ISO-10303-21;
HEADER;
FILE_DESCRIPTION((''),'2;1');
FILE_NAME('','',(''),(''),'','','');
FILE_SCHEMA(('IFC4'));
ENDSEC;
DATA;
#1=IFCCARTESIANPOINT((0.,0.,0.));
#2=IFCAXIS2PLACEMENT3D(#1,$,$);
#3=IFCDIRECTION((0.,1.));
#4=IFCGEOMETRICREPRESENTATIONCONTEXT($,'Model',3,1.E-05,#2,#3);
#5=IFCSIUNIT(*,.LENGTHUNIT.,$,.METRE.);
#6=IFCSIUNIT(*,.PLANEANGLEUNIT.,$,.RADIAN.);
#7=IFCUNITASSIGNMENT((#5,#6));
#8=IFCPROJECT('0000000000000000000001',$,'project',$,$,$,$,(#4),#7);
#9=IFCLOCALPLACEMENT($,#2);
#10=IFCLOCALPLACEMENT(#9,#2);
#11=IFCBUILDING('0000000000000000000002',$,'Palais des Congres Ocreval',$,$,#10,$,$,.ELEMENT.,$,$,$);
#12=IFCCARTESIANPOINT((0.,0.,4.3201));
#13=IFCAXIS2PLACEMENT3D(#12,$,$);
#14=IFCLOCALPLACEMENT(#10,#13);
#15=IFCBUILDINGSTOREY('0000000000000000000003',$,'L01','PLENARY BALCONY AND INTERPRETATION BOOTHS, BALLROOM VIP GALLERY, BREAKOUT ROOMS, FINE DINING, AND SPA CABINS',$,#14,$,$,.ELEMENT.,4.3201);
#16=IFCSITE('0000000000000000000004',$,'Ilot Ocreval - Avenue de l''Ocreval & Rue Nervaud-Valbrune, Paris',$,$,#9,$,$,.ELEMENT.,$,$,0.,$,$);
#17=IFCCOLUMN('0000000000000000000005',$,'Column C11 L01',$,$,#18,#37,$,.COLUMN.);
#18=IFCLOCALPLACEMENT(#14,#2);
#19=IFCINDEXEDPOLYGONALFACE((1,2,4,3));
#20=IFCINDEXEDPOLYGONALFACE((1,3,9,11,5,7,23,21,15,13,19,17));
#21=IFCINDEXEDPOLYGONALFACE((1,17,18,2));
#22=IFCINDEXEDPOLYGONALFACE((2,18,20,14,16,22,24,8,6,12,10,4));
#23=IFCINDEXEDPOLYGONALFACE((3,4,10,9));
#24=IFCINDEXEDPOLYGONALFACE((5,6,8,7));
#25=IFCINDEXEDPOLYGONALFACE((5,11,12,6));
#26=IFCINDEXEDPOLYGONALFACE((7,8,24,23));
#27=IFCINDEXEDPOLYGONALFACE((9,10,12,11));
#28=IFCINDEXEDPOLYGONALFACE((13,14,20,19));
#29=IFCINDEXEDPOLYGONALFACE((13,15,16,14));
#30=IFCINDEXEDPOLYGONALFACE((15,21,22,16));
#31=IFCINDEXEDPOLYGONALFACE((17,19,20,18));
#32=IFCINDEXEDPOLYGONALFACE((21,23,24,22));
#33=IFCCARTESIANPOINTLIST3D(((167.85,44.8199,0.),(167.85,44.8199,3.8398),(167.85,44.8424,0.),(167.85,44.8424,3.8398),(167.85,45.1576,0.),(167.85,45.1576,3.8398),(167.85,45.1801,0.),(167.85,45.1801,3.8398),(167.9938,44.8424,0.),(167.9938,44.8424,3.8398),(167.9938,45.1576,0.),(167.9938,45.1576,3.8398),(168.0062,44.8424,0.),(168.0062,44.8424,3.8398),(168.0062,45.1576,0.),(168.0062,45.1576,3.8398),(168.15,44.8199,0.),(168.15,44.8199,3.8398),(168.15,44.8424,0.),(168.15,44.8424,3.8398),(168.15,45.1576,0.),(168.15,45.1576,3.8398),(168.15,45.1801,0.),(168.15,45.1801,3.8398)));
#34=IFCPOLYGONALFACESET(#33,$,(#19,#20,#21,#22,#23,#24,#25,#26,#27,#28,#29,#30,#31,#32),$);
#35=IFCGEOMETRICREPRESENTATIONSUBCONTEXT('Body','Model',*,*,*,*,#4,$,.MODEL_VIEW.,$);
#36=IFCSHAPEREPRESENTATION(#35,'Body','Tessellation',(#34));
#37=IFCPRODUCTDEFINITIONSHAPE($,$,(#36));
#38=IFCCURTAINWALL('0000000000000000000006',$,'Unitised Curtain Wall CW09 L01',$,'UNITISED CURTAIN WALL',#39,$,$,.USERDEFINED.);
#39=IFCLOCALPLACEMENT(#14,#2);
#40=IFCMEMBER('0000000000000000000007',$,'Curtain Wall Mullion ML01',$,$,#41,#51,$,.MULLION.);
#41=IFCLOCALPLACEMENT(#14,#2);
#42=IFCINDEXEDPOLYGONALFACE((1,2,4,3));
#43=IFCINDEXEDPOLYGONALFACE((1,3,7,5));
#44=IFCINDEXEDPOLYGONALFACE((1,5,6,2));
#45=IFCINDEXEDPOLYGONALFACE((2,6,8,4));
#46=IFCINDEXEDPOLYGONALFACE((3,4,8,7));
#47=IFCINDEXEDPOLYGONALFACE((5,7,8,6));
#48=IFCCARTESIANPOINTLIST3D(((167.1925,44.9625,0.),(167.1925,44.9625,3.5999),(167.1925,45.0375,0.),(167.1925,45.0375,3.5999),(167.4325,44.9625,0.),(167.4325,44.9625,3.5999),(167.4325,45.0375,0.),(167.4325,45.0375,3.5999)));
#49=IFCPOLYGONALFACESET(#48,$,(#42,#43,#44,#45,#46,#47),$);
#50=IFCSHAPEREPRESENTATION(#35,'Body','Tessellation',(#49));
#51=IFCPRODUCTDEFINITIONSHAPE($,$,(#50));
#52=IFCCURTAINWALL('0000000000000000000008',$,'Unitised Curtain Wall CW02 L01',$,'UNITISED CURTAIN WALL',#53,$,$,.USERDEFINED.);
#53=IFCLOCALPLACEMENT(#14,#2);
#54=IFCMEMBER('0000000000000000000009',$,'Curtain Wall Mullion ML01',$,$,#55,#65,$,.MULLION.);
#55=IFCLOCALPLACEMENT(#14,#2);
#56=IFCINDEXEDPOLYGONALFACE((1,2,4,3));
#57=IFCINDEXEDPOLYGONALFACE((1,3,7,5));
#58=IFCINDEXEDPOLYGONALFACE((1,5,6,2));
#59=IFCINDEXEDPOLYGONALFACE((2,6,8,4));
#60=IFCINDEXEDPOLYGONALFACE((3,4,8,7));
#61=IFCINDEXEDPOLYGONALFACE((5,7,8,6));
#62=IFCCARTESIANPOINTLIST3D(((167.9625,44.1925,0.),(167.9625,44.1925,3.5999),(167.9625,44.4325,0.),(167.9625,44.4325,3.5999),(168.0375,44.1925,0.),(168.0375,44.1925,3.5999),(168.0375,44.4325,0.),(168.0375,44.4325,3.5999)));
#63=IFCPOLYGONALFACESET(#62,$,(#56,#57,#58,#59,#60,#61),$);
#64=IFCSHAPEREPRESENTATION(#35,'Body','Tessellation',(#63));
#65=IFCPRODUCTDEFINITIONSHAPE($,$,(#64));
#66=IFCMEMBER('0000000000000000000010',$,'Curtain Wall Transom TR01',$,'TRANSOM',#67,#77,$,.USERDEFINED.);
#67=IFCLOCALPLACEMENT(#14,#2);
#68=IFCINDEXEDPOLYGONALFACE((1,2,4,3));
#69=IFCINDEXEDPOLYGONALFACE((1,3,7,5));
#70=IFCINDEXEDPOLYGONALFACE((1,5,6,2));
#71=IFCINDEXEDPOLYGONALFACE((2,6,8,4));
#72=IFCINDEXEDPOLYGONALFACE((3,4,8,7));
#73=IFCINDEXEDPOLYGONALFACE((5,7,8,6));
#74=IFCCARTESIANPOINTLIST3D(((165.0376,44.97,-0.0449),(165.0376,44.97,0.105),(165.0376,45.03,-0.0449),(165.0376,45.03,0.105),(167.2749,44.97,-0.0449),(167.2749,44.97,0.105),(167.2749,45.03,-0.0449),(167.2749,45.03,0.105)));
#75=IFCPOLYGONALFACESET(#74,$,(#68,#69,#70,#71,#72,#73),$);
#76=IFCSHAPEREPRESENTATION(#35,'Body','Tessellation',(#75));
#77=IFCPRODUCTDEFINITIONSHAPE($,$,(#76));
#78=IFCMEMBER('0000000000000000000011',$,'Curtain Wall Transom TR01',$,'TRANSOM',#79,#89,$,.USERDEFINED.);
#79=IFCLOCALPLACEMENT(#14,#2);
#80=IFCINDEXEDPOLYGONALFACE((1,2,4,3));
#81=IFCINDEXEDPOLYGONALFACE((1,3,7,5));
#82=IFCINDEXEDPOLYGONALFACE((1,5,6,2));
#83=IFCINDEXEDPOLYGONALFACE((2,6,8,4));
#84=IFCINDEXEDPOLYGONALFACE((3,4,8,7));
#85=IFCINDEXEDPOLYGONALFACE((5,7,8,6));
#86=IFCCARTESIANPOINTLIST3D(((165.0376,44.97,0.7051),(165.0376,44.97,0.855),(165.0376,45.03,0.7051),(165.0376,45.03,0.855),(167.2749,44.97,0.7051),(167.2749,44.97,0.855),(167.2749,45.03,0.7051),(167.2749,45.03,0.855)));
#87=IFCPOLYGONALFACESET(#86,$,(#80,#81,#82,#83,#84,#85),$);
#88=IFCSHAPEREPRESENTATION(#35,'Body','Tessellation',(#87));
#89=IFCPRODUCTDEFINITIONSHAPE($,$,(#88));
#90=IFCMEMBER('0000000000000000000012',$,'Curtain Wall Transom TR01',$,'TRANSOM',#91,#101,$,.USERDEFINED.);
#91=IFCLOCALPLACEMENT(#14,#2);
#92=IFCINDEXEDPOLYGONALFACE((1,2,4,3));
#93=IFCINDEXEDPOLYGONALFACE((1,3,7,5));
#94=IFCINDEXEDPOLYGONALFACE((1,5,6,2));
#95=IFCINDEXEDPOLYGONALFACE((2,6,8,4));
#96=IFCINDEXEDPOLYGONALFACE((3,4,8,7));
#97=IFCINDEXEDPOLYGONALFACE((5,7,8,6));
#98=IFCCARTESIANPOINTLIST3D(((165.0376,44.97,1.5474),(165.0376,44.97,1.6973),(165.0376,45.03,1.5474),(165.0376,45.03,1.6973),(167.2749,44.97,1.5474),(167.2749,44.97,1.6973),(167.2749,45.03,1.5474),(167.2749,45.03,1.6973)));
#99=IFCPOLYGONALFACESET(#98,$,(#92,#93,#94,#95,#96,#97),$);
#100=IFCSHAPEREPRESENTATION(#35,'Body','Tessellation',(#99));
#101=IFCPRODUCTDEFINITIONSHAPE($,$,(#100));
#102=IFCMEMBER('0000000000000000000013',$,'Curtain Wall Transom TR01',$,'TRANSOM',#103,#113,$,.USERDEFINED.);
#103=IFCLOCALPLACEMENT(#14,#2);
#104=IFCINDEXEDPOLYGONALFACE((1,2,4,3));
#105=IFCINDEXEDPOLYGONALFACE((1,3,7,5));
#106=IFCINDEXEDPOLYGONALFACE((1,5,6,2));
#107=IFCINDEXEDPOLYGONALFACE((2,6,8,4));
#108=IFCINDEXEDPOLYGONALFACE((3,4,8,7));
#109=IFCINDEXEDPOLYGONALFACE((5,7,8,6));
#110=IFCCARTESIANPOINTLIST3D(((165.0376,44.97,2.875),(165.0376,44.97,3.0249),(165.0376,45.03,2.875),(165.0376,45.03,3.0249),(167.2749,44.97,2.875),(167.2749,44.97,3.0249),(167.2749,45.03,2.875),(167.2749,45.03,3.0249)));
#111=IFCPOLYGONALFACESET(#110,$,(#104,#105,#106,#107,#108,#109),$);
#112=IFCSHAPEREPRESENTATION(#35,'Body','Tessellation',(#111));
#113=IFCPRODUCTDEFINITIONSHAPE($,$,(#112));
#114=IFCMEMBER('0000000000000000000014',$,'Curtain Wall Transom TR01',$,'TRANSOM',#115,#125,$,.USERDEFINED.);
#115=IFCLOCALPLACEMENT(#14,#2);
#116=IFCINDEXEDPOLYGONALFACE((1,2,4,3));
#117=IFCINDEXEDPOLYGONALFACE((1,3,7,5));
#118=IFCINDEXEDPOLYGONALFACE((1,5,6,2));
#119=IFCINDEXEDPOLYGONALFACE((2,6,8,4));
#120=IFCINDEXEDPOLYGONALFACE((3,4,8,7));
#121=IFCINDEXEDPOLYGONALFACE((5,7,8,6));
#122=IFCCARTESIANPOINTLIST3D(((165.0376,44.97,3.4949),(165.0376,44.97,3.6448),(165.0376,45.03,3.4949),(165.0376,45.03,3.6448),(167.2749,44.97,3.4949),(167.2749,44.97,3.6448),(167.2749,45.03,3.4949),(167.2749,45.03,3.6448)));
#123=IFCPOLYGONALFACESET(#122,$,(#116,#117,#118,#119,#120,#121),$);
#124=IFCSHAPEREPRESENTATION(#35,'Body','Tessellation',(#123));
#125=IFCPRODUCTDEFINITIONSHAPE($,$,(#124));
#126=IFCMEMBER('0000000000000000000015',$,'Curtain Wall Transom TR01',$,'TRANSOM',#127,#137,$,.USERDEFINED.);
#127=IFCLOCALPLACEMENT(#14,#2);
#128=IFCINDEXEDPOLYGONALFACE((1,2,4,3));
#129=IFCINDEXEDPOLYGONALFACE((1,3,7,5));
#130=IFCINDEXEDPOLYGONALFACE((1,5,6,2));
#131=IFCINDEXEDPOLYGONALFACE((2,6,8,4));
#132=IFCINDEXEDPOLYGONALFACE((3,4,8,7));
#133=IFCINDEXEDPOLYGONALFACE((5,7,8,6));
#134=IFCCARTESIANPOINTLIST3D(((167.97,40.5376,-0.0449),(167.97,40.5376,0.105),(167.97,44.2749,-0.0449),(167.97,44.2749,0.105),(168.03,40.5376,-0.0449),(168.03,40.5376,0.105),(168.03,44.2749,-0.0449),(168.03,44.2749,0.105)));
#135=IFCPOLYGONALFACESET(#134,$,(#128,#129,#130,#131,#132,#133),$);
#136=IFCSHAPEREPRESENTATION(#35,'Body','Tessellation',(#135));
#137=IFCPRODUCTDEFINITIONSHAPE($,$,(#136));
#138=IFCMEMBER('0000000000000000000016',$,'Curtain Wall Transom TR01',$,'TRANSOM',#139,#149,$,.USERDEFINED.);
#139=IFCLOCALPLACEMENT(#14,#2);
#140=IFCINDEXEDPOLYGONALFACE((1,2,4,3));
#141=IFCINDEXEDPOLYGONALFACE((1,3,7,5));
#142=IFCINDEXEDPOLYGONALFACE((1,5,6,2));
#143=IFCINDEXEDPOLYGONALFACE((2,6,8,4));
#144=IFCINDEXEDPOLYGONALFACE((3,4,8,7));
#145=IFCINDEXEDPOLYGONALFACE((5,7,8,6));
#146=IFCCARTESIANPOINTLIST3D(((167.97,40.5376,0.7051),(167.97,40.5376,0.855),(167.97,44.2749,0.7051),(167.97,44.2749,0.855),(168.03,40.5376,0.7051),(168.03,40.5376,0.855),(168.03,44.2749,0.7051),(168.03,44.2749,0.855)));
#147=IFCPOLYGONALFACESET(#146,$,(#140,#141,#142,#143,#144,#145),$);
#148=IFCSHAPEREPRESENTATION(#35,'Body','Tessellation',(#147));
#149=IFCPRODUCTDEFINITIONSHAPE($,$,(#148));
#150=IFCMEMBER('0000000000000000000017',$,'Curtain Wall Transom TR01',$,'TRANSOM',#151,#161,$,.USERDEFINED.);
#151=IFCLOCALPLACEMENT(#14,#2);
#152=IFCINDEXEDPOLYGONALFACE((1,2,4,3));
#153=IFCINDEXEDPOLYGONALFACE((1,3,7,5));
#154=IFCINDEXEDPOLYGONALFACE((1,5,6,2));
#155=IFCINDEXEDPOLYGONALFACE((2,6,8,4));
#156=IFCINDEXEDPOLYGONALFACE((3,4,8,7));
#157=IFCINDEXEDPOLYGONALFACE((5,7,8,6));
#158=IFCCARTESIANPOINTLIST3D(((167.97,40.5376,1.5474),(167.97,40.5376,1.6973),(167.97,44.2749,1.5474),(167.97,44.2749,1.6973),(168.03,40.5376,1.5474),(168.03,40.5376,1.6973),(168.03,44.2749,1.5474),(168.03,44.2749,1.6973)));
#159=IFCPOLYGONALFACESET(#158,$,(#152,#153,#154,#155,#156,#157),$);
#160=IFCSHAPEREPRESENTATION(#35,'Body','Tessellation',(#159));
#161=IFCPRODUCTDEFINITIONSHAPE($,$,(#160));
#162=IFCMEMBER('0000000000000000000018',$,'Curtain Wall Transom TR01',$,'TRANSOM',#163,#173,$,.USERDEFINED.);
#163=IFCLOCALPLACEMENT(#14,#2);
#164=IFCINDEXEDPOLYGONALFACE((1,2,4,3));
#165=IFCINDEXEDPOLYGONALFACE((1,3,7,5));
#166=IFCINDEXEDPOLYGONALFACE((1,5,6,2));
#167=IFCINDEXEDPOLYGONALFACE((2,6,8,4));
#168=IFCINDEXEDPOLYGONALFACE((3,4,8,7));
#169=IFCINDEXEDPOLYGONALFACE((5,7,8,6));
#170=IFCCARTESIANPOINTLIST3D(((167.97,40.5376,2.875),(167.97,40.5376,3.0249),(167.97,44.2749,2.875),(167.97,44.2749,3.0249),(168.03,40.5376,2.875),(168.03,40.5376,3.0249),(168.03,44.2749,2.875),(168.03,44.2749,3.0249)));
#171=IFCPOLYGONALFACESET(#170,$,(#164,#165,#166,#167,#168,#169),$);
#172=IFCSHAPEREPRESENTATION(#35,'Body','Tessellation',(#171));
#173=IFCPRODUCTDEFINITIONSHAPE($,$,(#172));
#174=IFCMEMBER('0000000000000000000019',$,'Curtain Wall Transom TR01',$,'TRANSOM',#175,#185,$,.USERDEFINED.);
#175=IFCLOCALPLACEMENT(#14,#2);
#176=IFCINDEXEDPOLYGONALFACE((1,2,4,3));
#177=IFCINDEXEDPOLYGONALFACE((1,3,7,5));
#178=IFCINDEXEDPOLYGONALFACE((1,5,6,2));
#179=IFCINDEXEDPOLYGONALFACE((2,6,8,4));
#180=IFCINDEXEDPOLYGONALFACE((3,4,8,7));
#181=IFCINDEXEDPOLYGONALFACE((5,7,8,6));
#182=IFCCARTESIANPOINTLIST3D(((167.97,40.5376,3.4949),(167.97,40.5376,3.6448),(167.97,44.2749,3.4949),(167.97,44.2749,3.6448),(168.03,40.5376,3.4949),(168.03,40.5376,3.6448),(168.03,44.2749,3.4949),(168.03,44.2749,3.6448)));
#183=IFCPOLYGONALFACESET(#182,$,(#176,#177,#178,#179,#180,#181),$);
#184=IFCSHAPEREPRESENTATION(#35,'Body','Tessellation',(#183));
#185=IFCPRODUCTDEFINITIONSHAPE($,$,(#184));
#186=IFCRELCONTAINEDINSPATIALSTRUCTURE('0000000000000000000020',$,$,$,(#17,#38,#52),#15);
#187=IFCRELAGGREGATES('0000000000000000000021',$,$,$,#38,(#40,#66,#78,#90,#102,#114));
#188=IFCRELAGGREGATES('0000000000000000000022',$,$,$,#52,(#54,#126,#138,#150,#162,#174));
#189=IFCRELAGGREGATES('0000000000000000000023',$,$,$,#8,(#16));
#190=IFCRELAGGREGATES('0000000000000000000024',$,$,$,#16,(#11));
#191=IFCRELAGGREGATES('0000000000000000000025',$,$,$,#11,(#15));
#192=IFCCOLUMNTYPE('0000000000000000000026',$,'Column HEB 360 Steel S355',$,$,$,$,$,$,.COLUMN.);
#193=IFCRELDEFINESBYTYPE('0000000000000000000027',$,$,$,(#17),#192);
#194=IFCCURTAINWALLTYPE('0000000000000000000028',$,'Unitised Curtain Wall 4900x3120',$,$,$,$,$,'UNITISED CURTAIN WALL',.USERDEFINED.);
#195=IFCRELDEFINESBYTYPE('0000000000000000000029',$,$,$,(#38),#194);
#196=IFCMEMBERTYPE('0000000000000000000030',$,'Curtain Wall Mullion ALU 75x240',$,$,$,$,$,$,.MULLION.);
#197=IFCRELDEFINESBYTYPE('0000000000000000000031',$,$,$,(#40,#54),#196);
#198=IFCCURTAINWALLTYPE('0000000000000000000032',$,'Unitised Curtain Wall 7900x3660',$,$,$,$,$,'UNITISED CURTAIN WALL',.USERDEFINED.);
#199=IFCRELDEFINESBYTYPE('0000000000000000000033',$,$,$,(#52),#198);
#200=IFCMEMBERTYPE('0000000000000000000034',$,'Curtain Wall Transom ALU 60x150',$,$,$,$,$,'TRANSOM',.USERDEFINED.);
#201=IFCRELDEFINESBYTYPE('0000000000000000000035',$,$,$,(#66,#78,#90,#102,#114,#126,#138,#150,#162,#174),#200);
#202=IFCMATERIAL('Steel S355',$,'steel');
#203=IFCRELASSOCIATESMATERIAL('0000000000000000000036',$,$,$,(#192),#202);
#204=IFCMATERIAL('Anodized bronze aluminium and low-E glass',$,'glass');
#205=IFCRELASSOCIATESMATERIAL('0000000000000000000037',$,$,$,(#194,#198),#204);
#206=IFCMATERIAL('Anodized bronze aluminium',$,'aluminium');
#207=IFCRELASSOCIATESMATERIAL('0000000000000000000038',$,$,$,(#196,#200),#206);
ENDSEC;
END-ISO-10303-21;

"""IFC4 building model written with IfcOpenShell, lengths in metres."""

from ifc_helpers import new_model, si_unit, direction, frame, origin, origin_2d, place, context, subcontext, project, spatial, rectangle, i_section, extrude, material, material_profile, profile_set, type_object, element, aggregate, save


model = new_model("IFC4")

# Units and contexts
model_context = context("Model", 3, precision=1e-05, world=origin(), true_north=direction((0.0, 1.0)))
body_context = subcontext(model_context, "Body", "Model", "MODEL_VIEW")
ifc_project = project(units=[si_unit("LENGTHUNIT", "METRE"), si_unit("PLANEANGLEUNIT", "RADIAN")], contexts=[model_context])

# Site, building, storey
site_placement = place(None, origin())
site = spatial("IfcSite", under=ifc_project, at=site_placement, Name="Ilot Ocreval - Avenue de l'Ocreval & Rue Nervaud-Valbrune, Paris", CompositionType="ELEMENT", RefElevation=0.0)
building_placement = place(site_placement, origin())
building = spatial("IfcBuilding", under=site, at=building_placement, Name="Palais des Congres Ocreval", CompositionType="ELEMENT")
storey_placement = place(building_placement, frame((0.0, 0.0, 4.3201)))
storey = spatial("IfcBuildingStorey", under=building, at=storey_placement, Name="L01", Description="PLENARY BALCONY AND INTERPRETATION BOOTHS, BALLROOM VIP GALLERY, BREAKOUT ROOMS, FINE DINING, AND SPA CABINS", CompositionType="ELEMENT", Elevation=4.3201)

# Column
ifc_material_1 = material(Name="Steel S355", Category="steel")
ifc_material_profile_1 = material_profile(ifc_material_1, i_section(OverallWidth=0.3, OverallDepth=0.3601, WebThickness=0.0125, FlangeThickness=0.0225, at=origin_2d()), Name="HEB 360")
ifc_profile_set_1 = profile_set([ifc_material_profile_1], Name="Steel S355")
column_type = type_object("IfcColumnType", Name="Column HEB 360 Steel S355", PredefinedType="COLUMN", material=ifc_profile_set_1)
column_placement = place(storey_placement, frame((168.0, 45.0, 0.0), z_axis=(0.0, 0.0, 1.0), x_axis=(1.0, 0.0, 0.0)))
element("IfcColumn", 1, at=column_placement, inside=storey, type_object=column_type, Name="Column C11 L01", PredefinedType="COLUMN", context=body_context, shape_type="SweptSolid", body=[
    extrude(i_section(OverallWidth=0.3, OverallDepth=0.3601, WebThickness=0.0125, FlangeThickness=0.0225, at=origin_2d()), origin(), (0.0, 0.0, 1.0), 3.8398),
])

# Curtain walls, members
ifc_material_2 = material(Name="Anodized bronze aluminium and low-E glass", Category="glass")
curtain_wall_type_1 = type_object("IfcCurtainWallType", Name="Unitised Curtain Wall 4900x3120", ElementType="UNITISED CURTAIN WALL", PredefinedType="USERDEFINED", material=ifc_material_2)
curtain_wall_1_placement = place(storey_placement, origin())
curtain_wall_1 = element("IfcCurtainWall", 2, at=curtain_wall_1_placement, inside=storey, type_object=curtain_wall_type_1, Name="Unitised Curtain Wall CW09 L01", ObjectType="UNITISED CURTAIN WALL", PredefinedType="USERDEFINED")
ifc_material_3 = material(Name="Anodized bronze aluminium", Category="aluminium")
ifc_material_profile_2 = material_profile(ifc_material_3, rectangle(XDim=0.075, YDim=0.24, at=origin_2d()), Name="ALU 75x240")
ifc_profile_set_2 = profile_set([ifc_material_profile_2], Name="Anodized bronze aluminium")
member_type_1 = type_object("IfcMemberType", Name="Curtain Wall Mullion ALU 75x240", PredefinedType="MULLION", material=ifc_profile_set_2)
member_1_placement = place(storey_placement, frame((167.3125, 45.0, 0.0), z_axis=(0.0, 0.0, 1.0), x_axis=(0.0, 1.0, 0.0)))
member_1 = element("IfcMember", 3, at=member_1_placement, type_object=member_type_1, Name="Curtain Wall Mullion ML01", PredefinedType="MULLION", context=body_context, shape_type="SweptSolid", body=[
    extrude(rectangle(XDim=0.075, YDim=0.24, at=origin_2d()), origin(), (0.0, 0.0, 1.0), 3.5999),
])
curtain_wall_type_2 = type_object("IfcCurtainWallType", Name="Unitised Curtain Wall 7900x3660", ElementType="UNITISED CURTAIN WALL", PredefinedType="USERDEFINED", material=ifc_material_2)
curtain_wall_2_placement = place(storey_placement, origin())
curtain_wall_2 = element("IfcCurtainWall", 4, at=curtain_wall_2_placement, inside=storey, type_object=curtain_wall_type_2, Name="Unitised Curtain Wall CW02 L01", ObjectType="UNITISED CURTAIN WALL", PredefinedType="USERDEFINED")
member_2_placement = place(storey_placement, frame((168.0, 44.3125, 0.0), z_axis=(0.0, 0.0, 1.0), x_axis=(1.0, 0.0, 0.0)))
member_2 = element("IfcMember", 5, at=member_2_placement, type_object=member_type_1, Name="Curtain Wall Mullion ML01", PredefinedType="MULLION", context=body_context, shape_type="SweptSolid", body=[
    extrude(rectangle(XDim=0.075, YDim=0.24, at=origin_2d()), origin(), (0.0, 0.0, 1.0), 3.5999),
])

# Members
ifc_material_profile_3 = material_profile(ifc_material_3, rectangle(XDim=0.0601, YDim=0.1499, at=origin_2d()), Name="ALU 60x150")
ifc_profile_set_3 = profile_set([ifc_material_profile_3], Name="Anodized bronze aluminium")
member_type_2 = type_object("IfcMemberType", Name="Curtain Wall Transom ALU 60x150", ElementType="TRANSOM", PredefinedType="USERDEFINED", material=ifc_profile_set_3)
member_3_placement = place(storey_placement, frame((165.0376, 45.0, 0.03), z_axis=(1.0, 0.0, 0.0), x_axis=(0.0, 1.0, 0.0)))
member_3 = element("IfcMember", 6, at=member_3_placement, type_object=member_type_2, Name="Curtain Wall Transom TR01", ObjectType="TRANSOM", PredefinedType="USERDEFINED", context=body_context, shape_type="SweptSolid", body=[
    extrude(rectangle(XDim=0.0601, YDim=0.1499, at=origin_2d()), origin(), (0.0, 0.0, 1.0), 2.2373),
])
member_4_placement = place(storey_placement, frame((165.0376, 45.0, 0.78), z_axis=(1.0, 0.0, 0.0), x_axis=(0.0, 1.0, 0.0)))
member_4 = element("IfcMember", 7, at=member_4_placement, type_object=member_type_2, Name="Curtain Wall Transom TR01", ObjectType="TRANSOM", PredefinedType="USERDEFINED", context=body_context, shape_type="SweptSolid", body=[
    extrude(rectangle(XDim=0.0601, YDim=0.1499, at=origin_2d()), origin(), (0.0, 0.0, 1.0), 2.2373),
])
member_5_placement = place(storey_placement, frame((165.0376, 45.0, 1.6223), z_axis=(1.0, 0.0, 0.0), x_axis=(0.0, 1.0, 0.0)))
member_5 = element("IfcMember", 8, at=member_5_placement, type_object=member_type_2, Name="Curtain Wall Transom TR01", ObjectType="TRANSOM", PredefinedType="USERDEFINED", context=body_context, shape_type="SweptSolid", body=[
    extrude(rectangle(XDim=0.0601, YDim=0.1499, at=origin_2d()), origin(), (0.0, 0.0, 1.0), 2.2373),
])
member_6_placement = place(storey_placement, frame((165.0376, 45.0, 2.95), z_axis=(1.0, 0.0, 0.0), x_axis=(0.0, 1.0, 0.0)))
member_6 = element("IfcMember", 9, at=member_6_placement, type_object=member_type_2, Name="Curtain Wall Transom TR01", ObjectType="TRANSOM", PredefinedType="USERDEFINED", context=body_context, shape_type="SweptSolid", body=[
    extrude(rectangle(XDim=0.0601, YDim=0.1499, at=origin_2d()), origin(), (0.0, 0.0, 1.0), 2.2373),
])
member_7_placement = place(storey_placement, frame((165.0376, 45.0, 3.5698), z_axis=(1.0, 0.0, 0.0), x_axis=(0.0, 1.0, 0.0)))
member_7 = element("IfcMember", 10, at=member_7_placement, type_object=member_type_2, Name="Curtain Wall Transom TR01", ObjectType="TRANSOM", PredefinedType="USERDEFINED", context=body_context, shape_type="SweptSolid", body=[
    extrude(rectangle(XDim=0.0601, YDim=0.1499, at=origin_2d()), origin(), (0.0, 0.0, 1.0), 2.2373),
])
member_8_placement = place(storey_placement, frame((168.0, 44.2749, 0.03), z_axis=(0.0, -1.0, 0.0), x_axis=(1.0, 0.0, 0.0)))
member_8 = element("IfcMember", 11, at=member_8_placement, type_object=member_type_2, Name="Curtain Wall Transom TR01", ObjectType="TRANSOM", PredefinedType="USERDEFINED", context=body_context, shape_type="SweptSolid", body=[
    extrude(rectangle(XDim=0.0601, YDim=0.1499, at=origin_2d()), origin(), (0.0, 0.0, 1.0), 3.7373),
])
member_9_placement = place(storey_placement, frame((168.0, 44.2749, 0.78), z_axis=(0.0, -1.0, 0.0), x_axis=(1.0, 0.0, 0.0)))
member_9 = element("IfcMember", 12, at=member_9_placement, type_object=member_type_2, Name="Curtain Wall Transom TR01", ObjectType="TRANSOM", PredefinedType="USERDEFINED", context=body_context, shape_type="SweptSolid", body=[
    extrude(rectangle(XDim=0.0601, YDim=0.1499, at=origin_2d()), origin(), (0.0, 0.0, 1.0), 3.7373),
])
member_10_placement = place(storey_placement, frame((168.0, 44.2749, 1.6223), z_axis=(0.0, -1.0, 0.0), x_axis=(1.0, 0.0, 0.0)))
member_10 = element("IfcMember", 13, at=member_10_placement, type_object=member_type_2, Name="Curtain Wall Transom TR01", ObjectType="TRANSOM", PredefinedType="USERDEFINED", context=body_context, shape_type="SweptSolid", body=[
    extrude(rectangle(XDim=0.0601, YDim=0.1499, at=origin_2d()), origin(), (0.0, 0.0, 1.0), 3.7373),
])
member_11_placement = place(storey_placement, frame((168.0, 44.2749, 2.95), z_axis=(0.0, -1.0, 0.0), x_axis=(1.0, 0.0, 0.0)))
member_11 = element("IfcMember", 14, at=member_11_placement, type_object=member_type_2, Name="Curtain Wall Transom TR01", ObjectType="TRANSOM", PredefinedType="USERDEFINED", context=body_context, shape_type="SweptSolid", body=[
    extrude(rectangle(XDim=0.0601, YDim=0.1499, at=origin_2d()), origin(), (0.0, 0.0, 1.0), 3.7373),
])
member_12_placement = place(storey_placement, frame((168.0, 44.2749, 3.5698), z_axis=(0.0, -1.0, 0.0), x_axis=(1.0, 0.0, 0.0)))
member_12 = element("IfcMember", 15, at=member_12_placement, type_object=member_type_2, Name="Curtain Wall Transom TR01", ObjectType="TRANSOM", PredefinedType="USERDEFINED", context=body_context, shape_type="SweptSolid", body=[
    extrude(rectangle(XDim=0.0601, YDim=0.1499, at=origin_2d()), origin(), (0.0, 0.0, 1.0), 3.7373),
])

aggregate(curtain_wall_1, [member_1, member_3, member_4, member_5, member_6, member_7])
aggregate(curtain_wall_2, [member_2, member_8, member_9, member_10, member_11, member_12])

save(model, "model.ifc")
